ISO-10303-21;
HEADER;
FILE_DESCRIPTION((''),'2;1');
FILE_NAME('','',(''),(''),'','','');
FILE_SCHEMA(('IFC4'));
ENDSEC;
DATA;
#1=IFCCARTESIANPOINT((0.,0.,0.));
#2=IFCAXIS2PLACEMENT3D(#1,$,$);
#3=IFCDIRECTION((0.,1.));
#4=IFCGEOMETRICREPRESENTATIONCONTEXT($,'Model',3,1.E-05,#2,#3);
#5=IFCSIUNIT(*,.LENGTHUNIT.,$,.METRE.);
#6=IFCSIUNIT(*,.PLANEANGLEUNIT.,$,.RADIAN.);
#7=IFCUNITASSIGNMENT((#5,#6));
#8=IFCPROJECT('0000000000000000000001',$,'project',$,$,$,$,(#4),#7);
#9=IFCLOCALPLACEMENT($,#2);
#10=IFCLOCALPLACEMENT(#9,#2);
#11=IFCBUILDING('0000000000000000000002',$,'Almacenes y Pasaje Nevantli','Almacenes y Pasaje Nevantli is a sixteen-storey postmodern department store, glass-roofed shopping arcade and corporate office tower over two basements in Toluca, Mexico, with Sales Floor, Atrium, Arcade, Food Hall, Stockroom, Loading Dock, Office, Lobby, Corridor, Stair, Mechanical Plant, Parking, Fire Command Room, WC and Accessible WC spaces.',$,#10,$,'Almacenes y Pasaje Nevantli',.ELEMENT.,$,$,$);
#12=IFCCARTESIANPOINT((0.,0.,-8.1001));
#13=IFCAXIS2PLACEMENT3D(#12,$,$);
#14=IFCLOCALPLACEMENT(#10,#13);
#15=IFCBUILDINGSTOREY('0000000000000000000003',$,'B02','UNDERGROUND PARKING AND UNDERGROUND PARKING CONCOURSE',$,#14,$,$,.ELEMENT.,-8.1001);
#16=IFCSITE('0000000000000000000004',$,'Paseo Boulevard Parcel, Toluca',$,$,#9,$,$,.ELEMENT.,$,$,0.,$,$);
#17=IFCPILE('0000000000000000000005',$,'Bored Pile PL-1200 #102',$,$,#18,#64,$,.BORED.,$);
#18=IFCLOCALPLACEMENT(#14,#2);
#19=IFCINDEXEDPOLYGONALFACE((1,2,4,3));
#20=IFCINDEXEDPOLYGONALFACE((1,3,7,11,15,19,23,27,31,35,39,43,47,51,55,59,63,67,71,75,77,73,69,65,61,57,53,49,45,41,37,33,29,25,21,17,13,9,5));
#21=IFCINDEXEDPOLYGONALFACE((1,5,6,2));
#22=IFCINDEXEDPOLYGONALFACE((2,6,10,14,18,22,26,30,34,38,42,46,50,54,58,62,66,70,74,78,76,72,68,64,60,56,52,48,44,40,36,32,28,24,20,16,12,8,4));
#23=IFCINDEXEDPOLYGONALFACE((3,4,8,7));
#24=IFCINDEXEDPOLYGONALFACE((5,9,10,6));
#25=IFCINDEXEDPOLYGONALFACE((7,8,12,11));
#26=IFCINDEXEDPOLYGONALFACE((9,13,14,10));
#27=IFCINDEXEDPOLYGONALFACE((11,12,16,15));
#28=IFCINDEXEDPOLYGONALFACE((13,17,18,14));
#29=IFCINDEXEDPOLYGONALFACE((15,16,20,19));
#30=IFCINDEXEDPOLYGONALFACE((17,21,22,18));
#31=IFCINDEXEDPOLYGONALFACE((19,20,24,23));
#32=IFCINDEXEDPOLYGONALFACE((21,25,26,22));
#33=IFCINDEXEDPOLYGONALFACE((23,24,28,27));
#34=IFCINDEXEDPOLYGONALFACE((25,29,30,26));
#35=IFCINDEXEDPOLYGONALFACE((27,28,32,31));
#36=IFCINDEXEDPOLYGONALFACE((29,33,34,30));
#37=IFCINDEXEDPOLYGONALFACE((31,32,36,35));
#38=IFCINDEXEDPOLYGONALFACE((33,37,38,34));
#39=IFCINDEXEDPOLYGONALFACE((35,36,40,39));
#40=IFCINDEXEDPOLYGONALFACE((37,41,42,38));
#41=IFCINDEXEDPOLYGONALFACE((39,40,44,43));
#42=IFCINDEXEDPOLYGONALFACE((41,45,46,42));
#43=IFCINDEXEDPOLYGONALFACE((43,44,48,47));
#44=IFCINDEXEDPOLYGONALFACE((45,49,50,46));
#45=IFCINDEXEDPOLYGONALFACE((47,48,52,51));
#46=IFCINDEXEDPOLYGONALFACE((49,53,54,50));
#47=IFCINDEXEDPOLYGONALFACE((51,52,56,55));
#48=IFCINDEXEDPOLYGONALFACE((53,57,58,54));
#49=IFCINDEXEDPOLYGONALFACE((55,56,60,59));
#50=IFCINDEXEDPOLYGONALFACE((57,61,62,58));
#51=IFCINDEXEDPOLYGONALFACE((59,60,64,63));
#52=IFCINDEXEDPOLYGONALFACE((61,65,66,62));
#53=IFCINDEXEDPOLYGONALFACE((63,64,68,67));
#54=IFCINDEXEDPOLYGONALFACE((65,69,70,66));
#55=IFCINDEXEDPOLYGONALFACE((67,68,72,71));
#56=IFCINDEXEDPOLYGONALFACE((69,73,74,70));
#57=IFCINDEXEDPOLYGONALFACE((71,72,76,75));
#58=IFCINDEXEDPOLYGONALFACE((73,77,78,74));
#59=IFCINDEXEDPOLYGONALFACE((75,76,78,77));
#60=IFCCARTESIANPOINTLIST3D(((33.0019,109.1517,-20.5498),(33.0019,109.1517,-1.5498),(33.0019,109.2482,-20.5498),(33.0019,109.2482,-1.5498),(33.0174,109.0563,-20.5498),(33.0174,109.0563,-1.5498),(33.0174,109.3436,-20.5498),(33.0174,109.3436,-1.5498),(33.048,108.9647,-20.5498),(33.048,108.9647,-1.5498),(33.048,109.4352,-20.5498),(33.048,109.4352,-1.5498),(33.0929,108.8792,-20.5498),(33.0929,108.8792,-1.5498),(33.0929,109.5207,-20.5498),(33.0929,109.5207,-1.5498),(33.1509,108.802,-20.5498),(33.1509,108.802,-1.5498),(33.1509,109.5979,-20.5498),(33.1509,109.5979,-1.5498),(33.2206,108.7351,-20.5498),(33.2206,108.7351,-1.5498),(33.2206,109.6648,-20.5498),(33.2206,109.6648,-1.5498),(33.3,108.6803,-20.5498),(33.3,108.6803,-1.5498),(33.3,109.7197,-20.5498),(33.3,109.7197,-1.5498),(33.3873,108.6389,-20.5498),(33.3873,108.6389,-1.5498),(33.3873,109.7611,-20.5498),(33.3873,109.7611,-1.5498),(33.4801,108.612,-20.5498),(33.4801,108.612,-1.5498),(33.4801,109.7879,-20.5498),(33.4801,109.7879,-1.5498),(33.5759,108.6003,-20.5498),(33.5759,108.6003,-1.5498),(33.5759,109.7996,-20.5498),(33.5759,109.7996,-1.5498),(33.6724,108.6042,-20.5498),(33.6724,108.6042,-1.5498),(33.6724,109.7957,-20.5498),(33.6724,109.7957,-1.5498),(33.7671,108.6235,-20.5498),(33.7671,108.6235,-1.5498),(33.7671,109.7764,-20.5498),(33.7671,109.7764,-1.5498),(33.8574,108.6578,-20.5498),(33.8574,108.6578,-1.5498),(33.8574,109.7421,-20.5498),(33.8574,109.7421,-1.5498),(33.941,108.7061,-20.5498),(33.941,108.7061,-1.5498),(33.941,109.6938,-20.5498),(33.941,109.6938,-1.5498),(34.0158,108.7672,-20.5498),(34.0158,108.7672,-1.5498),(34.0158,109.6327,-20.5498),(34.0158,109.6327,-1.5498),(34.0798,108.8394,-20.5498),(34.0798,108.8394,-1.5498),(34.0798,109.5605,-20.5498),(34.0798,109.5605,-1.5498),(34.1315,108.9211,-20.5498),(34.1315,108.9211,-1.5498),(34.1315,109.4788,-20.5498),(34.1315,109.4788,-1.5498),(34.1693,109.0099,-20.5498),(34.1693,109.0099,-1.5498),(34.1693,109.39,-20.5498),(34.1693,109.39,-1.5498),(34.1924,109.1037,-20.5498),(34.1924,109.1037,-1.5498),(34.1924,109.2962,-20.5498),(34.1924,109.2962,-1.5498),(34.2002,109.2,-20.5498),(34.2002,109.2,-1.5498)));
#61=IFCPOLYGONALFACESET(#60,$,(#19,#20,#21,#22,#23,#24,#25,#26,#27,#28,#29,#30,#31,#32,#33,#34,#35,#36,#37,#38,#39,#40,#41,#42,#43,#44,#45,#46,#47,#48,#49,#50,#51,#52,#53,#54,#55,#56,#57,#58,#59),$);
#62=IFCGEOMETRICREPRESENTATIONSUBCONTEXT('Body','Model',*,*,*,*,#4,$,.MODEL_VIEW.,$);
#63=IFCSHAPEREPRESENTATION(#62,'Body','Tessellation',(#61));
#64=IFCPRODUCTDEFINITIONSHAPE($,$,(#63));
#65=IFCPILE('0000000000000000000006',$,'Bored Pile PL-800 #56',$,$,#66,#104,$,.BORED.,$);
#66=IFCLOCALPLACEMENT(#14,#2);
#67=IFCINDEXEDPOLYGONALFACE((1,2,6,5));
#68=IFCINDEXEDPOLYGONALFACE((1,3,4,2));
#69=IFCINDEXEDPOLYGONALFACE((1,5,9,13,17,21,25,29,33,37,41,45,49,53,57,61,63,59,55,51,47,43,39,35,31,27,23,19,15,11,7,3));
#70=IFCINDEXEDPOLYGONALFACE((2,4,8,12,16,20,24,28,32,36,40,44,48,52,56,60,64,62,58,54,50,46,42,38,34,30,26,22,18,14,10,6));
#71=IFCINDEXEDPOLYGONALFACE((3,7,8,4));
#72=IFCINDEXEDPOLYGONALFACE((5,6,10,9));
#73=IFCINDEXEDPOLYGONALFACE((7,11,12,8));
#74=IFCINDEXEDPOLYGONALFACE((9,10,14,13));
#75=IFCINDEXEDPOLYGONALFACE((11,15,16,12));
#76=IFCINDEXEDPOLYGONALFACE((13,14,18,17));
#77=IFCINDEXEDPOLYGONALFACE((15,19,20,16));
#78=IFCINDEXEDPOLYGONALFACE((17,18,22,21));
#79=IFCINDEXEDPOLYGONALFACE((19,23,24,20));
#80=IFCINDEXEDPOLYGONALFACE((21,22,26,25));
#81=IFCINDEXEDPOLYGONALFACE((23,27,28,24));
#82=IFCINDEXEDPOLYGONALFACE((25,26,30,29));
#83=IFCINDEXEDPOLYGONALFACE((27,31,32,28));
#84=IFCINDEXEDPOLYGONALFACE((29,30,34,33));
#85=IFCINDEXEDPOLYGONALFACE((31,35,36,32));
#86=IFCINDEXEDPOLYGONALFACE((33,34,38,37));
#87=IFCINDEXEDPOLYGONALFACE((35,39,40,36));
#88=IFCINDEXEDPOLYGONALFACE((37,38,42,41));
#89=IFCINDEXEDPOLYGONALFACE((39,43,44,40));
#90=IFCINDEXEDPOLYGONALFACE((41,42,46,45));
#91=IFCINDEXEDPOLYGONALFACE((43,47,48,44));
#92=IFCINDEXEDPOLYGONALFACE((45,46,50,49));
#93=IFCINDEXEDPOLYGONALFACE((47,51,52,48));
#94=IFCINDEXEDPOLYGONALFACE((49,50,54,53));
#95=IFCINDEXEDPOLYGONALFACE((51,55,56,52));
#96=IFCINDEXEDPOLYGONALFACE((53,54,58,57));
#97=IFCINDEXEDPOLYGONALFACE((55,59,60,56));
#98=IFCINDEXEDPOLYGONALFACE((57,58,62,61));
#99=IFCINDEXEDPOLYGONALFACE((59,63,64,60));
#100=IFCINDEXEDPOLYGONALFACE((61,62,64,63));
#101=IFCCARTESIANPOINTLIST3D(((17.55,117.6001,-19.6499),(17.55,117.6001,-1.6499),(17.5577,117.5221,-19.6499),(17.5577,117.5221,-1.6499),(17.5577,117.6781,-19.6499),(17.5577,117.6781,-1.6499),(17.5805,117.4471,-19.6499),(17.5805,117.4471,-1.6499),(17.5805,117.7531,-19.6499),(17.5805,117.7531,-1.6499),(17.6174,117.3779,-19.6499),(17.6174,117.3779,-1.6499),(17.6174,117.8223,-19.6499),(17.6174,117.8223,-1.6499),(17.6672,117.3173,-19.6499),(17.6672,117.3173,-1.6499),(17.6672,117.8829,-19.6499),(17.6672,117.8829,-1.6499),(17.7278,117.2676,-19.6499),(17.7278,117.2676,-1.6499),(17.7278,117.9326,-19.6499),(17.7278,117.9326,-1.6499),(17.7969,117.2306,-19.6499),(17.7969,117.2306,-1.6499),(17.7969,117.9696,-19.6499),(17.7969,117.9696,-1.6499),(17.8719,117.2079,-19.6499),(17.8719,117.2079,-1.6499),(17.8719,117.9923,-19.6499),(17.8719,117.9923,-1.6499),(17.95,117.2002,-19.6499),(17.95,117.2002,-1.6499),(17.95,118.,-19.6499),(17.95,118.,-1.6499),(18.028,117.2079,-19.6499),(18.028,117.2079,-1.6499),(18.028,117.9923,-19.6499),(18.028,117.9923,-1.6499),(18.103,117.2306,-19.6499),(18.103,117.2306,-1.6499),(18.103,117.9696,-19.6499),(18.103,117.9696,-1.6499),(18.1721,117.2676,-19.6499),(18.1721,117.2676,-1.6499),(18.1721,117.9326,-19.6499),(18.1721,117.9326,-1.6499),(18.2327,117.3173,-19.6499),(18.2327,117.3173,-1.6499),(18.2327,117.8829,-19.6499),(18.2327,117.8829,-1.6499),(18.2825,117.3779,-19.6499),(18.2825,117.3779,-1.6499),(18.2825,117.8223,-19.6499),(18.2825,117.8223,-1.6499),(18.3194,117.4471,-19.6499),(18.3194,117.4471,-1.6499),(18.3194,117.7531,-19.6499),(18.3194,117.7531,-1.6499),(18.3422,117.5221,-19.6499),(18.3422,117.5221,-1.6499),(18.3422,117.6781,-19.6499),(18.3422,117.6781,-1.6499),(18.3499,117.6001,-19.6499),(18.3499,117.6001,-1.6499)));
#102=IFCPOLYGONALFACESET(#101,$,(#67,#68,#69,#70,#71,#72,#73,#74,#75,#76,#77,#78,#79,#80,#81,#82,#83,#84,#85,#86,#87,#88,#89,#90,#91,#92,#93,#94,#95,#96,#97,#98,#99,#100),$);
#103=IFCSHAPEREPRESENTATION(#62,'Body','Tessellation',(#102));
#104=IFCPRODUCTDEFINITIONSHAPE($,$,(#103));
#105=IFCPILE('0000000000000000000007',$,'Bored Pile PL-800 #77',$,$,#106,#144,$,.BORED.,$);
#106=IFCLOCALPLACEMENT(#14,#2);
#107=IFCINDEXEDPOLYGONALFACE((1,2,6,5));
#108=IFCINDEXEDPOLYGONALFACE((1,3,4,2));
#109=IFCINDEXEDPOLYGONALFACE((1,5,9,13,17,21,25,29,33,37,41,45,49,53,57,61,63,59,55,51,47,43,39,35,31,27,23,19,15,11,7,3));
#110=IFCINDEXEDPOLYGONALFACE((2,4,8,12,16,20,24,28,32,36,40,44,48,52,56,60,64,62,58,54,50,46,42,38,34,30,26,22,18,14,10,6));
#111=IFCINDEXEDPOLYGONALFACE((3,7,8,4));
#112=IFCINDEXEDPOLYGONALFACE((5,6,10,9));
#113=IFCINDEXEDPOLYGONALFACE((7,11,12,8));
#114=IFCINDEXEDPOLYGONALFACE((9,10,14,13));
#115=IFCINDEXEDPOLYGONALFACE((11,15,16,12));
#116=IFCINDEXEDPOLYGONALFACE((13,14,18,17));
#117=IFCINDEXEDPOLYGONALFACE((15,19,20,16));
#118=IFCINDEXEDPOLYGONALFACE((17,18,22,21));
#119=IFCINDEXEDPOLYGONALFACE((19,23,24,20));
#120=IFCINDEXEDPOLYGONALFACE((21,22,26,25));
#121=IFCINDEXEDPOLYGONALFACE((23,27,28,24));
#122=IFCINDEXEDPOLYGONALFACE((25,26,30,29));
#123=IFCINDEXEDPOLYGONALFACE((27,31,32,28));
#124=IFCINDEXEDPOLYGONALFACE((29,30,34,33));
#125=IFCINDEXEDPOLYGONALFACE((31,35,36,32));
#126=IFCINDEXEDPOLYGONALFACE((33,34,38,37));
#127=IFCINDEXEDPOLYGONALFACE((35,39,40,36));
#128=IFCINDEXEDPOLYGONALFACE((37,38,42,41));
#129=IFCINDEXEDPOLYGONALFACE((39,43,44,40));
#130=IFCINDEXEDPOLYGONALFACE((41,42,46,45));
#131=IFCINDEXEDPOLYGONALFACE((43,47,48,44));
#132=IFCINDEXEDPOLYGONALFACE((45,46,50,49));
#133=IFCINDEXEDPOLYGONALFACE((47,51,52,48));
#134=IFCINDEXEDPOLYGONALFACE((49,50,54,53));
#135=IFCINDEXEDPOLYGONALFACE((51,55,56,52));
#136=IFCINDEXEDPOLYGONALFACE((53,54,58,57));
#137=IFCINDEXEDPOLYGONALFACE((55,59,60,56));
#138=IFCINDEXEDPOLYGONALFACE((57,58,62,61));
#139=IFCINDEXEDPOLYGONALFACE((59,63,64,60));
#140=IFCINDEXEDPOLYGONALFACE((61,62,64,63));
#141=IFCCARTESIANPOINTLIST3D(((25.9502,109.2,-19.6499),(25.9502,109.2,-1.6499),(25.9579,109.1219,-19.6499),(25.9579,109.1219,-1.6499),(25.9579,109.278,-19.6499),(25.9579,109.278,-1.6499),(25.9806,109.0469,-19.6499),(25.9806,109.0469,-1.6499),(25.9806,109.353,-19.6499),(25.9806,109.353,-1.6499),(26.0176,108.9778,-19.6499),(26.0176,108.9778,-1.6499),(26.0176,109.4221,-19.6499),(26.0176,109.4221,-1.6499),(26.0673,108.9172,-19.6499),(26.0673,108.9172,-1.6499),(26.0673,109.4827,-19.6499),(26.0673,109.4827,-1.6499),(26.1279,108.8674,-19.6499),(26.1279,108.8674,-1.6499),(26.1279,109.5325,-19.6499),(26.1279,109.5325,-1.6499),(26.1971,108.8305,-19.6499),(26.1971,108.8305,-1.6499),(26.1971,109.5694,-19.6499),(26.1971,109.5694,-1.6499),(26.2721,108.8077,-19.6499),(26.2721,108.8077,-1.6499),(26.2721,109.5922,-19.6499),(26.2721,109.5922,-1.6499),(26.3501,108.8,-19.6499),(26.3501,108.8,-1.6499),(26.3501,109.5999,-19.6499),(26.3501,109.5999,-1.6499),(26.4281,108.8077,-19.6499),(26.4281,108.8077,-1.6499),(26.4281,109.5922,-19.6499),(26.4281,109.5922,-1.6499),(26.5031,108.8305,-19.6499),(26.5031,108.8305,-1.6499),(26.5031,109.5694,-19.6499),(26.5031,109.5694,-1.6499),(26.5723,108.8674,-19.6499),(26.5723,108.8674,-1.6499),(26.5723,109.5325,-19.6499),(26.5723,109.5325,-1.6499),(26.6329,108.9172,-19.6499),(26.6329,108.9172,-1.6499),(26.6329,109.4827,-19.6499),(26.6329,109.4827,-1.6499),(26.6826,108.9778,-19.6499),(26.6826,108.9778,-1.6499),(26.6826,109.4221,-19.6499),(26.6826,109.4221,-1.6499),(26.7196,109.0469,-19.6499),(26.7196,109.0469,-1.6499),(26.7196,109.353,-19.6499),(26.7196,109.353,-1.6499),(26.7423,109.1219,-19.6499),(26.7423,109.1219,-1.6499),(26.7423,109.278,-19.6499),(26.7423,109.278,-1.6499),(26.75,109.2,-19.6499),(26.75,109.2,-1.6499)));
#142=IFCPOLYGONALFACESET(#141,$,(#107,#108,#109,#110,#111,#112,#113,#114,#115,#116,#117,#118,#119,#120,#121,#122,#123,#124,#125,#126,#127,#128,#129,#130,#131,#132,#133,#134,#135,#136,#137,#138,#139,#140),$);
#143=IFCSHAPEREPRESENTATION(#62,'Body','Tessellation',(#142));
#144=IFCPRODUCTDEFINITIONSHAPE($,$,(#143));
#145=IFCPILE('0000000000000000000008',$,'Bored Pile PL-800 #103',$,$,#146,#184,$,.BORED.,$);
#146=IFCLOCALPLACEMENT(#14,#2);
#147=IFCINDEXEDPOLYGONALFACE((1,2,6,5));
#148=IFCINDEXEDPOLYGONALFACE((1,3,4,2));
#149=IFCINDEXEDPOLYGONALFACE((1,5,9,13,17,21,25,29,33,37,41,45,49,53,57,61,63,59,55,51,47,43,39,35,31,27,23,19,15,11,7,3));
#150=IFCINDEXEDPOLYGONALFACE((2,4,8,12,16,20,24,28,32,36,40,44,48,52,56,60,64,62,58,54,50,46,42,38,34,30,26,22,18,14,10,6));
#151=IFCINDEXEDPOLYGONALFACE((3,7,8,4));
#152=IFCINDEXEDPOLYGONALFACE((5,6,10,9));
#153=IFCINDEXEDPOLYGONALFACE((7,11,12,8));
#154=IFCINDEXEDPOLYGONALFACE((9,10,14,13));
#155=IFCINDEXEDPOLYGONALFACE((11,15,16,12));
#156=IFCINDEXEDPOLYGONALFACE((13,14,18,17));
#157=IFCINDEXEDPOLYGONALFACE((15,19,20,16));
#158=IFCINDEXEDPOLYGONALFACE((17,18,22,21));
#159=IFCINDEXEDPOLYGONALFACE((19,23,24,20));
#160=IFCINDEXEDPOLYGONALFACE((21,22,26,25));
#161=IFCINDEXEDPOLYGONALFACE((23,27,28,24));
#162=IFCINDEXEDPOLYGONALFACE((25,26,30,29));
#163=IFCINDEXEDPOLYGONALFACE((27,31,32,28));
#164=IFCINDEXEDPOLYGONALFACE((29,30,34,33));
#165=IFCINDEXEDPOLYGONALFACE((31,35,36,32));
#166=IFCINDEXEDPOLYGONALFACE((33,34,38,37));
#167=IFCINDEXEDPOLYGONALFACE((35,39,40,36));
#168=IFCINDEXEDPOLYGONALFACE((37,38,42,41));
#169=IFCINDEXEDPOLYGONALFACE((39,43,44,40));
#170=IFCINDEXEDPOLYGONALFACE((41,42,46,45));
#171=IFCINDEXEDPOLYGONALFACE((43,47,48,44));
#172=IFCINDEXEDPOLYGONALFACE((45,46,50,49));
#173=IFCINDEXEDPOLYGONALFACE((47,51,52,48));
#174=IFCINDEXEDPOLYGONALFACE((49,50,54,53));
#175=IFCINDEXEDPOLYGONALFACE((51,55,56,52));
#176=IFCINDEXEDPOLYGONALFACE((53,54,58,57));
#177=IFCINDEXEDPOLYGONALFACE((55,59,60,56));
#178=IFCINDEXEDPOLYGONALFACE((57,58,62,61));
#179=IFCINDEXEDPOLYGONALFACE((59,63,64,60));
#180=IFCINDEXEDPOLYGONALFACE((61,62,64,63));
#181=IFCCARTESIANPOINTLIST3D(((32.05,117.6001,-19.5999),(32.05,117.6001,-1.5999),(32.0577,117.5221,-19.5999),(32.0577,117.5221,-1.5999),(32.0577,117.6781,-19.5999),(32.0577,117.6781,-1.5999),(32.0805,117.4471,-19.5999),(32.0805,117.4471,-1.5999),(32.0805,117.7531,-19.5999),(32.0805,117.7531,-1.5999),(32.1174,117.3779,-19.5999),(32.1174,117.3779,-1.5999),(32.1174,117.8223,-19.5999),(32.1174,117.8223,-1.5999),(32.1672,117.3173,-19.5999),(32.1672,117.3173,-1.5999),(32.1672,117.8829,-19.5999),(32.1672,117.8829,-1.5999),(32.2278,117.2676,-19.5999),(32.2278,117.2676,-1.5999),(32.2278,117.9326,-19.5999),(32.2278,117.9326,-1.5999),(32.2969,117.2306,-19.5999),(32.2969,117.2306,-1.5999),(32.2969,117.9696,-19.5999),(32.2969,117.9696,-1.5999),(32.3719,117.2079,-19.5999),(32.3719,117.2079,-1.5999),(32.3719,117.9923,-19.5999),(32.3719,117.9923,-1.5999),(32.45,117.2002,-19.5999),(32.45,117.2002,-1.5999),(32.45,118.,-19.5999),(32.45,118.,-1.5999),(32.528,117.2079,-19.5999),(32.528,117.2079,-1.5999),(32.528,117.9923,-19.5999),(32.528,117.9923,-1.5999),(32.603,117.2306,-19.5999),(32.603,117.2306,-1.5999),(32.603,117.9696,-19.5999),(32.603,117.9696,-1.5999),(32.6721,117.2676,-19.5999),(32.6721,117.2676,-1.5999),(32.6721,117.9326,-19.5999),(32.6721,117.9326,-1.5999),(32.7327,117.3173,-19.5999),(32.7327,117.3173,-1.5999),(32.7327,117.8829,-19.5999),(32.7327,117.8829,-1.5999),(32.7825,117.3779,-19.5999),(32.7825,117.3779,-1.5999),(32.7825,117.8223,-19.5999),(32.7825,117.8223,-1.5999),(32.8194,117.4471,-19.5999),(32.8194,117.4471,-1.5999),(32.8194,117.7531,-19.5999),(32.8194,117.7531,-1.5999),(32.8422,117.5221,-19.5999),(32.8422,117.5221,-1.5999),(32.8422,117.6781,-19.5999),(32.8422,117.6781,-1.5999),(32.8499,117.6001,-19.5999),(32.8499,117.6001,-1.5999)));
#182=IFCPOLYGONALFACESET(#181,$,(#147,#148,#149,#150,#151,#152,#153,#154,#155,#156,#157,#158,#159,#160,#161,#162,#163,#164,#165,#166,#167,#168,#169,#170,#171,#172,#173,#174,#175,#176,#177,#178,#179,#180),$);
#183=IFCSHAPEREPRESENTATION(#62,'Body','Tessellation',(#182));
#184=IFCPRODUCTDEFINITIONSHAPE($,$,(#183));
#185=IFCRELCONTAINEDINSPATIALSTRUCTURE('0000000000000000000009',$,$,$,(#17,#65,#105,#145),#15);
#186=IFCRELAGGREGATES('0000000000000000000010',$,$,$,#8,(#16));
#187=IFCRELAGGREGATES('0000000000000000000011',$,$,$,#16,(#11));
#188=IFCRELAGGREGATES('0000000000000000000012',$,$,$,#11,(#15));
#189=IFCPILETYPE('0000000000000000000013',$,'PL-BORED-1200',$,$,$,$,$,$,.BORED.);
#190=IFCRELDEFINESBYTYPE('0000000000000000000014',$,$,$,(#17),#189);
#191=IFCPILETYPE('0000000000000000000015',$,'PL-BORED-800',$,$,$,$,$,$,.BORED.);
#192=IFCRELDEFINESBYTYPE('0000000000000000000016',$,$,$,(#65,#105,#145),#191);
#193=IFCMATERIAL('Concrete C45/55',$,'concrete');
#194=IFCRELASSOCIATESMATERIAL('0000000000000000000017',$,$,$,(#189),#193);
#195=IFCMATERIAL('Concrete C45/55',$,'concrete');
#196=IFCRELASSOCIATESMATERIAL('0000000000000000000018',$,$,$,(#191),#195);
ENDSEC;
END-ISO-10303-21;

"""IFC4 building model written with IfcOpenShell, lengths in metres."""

from ifc_helpers import new_model, si_unit, direction, frame, origin, origin_2d, place, context, subcontext, project, spatial, circle, extrude, material, material_profile, profile_set, type_object, element, save


model = new_model("IFC4")

# Units and contexts
model_context = context("Model", 3, precision=1e-05, world=origin(), true_north=direction((0.0, 1.0)))
body_context = subcontext(model_context, "Body", "Model", "MODEL_VIEW")
ifc_project = project(units=[si_unit("LENGTHUNIT", "METRE"), si_unit("PLANEANGLEUNIT", "RADIAN")], contexts=[model_context])

# Site, building, storey
site_placement = place(None, origin())
site = spatial("IfcSite", under=ifc_project, at=site_placement, Name="Paseo Boulevard Parcel, Toluca", CompositionType="ELEMENT", RefElevation=0.0)
building_placement = place(site_placement, origin())
building = spatial("IfcBuilding", under=site, at=building_placement, Name="Almacenes y Pasaje Nevantli", Description="Almacenes y Pasaje Nevantli is a sixteen-storey postmodern department store, glass-roofed shopping arcade and corporate office tower over two basements in Toluca, Mexico, with Sales Floor, Atrium, Arcade, Food Hall, Stockroom, Loading Dock, Office, Lobby, Corridor, Stair, Mechanical Plant, Parking, Fire Command Room, WC and Accessible WC spaces.", LongName="Almacenes y Pasaje Nevantli", CompositionType="ELEMENT")
storey_placement = place(building_placement, frame((0.0, 0.0, -8.1001)))
storey = spatial("IfcBuildingStorey", under=building, at=storey_placement, Name="B02", Description="UNDERGROUND PARKING AND UNDERGROUND PARKING CONCOURSE", CompositionType="ELEMENT", Elevation=-8.1001)

# Piles
ifc_material_1 = material(Name="Concrete C45/55", Category="concrete")
ifc_material_profile_1 = material_profile(ifc_material_1, circle(Radius=0.6001, at=origin_2d()), Name="RC-PILE-D1200")
ifc_profile_set_1 = profile_set([ifc_material_profile_1], Name="Concrete C45/55")
pile_type_1 = type_object("IfcPileType", Name="PL-BORED-1200", PredefinedType="BORED", material=ifc_profile_set_1)
pile_1_placement = place(storey_placement, frame((33.6001, 109.2, -1.5498), z_axis=(0.0, 0.0, -1.0), x_axis=(1.0, 0.0, 0.0)))
element("IfcPile", 1, at=pile_1_placement, inside=storey, type_object=pile_type_1, Name="Bored Pile PL-1200 #102", PredefinedType="BORED", context=body_context, shape_type="SweptSolid", body=[
    extrude(circle(Radius=0.6001, at=origin_2d()), origin(), (0.0, 0.0, 1.0), 19.0),
])
ifc_material_2 = material(Name="Concrete C45/55", Category="concrete")
ifc_material_profile_2 = material_profile(ifc_material_2, circle(Radius=0.3999, at=origin_2d()), Name="RC-PILE-D800")
ifc_profile_set_2 = profile_set([ifc_material_profile_2], Name="Concrete C45/55")
pile_type_2 = type_object("IfcPileType", Name="PL-BORED-800", PredefinedType="BORED", material=ifc_profile_set_2)
for number, where, z_axis, x_axis, name in (
    (2, (17.95, 117.6001, -1.6499), (0.0, 0.0, -1.0), (1.0, 0.0, 0.0), "Bored Pile PL-800 #56"),
    (3, (26.3501, 109.2, -1.6499), (0.0, 0.0, -1.0), (1.0, 0.0, 0.0), "Bored Pile PL-800 #77"),
    (4, (32.45, 117.6001, -1.5999), (0.0, 0.0, -1.0), (1.0, 0.0, 0.0), "Bored Pile PL-800 #103"),
):
    element("IfcPile", number, at=place(storey_placement, frame(where, z_axis=z_axis, x_axis=x_axis)), inside=storey, type_object=pile_type_2, Name=name, PredefinedType="BORED", context=body_context, shape_type="SweptSolid", body=[
        extrude(circle(Radius=0.3999, at=origin_2d()), origin(), (0.0, 0.0, 1.0), 18.0),
    ])

save(model, "model.ifc")
